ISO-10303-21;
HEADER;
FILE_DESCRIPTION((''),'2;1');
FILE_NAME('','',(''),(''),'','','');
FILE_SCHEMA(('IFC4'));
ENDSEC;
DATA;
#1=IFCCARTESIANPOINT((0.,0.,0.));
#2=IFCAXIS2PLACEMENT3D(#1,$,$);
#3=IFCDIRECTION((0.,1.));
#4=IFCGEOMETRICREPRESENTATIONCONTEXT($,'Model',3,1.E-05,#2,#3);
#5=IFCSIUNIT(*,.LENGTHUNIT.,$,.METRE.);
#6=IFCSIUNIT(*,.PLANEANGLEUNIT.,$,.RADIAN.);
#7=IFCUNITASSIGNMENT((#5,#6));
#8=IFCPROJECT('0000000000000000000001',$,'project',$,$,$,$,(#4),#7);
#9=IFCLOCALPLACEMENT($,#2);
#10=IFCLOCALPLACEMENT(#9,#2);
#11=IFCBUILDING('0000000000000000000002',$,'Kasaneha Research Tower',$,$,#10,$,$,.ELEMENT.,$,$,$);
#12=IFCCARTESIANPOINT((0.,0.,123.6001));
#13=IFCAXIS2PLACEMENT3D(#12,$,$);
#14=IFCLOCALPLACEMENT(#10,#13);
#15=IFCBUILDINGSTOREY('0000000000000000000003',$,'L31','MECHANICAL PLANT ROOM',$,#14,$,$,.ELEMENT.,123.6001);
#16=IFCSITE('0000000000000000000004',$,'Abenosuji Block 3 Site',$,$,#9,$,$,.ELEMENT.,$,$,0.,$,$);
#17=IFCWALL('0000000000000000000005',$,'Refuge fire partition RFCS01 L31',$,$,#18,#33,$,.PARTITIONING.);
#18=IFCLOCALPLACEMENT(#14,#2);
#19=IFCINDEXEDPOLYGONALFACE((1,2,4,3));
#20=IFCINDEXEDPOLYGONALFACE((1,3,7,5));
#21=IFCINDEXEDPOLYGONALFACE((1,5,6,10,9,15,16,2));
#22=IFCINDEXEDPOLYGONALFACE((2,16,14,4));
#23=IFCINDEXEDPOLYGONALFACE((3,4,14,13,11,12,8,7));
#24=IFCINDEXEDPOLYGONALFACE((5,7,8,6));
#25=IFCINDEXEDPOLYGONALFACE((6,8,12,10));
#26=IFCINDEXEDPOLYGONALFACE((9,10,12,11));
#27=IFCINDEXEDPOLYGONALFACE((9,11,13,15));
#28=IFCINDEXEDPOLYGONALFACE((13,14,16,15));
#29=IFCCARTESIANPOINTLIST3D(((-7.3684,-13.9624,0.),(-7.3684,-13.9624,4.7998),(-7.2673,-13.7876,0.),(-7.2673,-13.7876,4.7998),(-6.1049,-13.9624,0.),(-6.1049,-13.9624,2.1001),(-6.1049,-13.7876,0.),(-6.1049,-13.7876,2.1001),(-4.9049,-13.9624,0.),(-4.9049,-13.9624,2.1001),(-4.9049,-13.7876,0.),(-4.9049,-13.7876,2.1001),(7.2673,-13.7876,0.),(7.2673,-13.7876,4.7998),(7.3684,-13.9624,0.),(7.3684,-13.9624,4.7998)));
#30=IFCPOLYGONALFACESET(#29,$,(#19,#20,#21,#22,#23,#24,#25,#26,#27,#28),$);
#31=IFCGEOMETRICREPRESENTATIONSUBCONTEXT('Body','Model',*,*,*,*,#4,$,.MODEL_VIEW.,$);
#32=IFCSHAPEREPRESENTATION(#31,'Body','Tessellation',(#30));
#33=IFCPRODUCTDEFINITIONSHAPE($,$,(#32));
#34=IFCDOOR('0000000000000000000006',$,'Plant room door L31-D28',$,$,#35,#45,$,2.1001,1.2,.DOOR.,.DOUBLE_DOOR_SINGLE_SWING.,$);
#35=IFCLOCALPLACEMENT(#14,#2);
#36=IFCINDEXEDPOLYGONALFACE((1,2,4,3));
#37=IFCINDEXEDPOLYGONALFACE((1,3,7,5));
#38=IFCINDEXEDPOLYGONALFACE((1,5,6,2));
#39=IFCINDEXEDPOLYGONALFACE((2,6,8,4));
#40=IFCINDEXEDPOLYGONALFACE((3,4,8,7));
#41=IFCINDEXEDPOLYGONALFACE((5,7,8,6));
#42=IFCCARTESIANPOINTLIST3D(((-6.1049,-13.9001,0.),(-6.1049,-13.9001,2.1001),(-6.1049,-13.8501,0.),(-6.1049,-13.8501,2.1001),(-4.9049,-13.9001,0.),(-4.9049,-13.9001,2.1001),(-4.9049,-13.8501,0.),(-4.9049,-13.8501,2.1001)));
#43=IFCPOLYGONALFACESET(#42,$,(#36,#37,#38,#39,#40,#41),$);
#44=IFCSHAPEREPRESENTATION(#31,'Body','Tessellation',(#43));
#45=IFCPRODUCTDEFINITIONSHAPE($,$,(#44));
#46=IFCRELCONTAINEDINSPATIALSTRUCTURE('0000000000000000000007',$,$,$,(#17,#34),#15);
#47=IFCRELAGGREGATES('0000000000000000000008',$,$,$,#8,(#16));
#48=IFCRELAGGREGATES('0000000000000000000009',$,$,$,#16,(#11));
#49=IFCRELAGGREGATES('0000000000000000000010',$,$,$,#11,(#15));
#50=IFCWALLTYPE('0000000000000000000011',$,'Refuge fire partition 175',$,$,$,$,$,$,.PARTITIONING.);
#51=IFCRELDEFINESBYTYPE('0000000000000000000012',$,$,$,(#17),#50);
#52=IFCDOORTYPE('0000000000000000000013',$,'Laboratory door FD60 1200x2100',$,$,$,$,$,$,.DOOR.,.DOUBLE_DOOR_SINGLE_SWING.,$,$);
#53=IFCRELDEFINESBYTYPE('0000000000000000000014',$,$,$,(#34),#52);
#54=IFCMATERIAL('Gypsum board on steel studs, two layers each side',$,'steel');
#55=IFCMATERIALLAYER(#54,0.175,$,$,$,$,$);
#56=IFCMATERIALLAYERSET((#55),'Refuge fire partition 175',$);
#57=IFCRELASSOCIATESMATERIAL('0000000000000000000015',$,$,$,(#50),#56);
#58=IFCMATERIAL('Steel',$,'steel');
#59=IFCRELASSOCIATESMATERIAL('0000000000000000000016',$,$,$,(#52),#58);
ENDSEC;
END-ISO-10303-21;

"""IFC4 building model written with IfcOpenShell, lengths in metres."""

from ifc_helpers import new_model, si_unit, direction, frame, frame_2d, origin, place, context, subcontext, project, spatial, polyline, rectangle, outline, extrude, material, layer, layer_set, type_object, element, fill, save


model = new_model("IFC4")

# Units and contexts
model_context = context("Model", 3, precision=1e-05, world=origin(), true_north=direction((0.0, 1.0)))
body_context = subcontext(model_context, "Body", "Model", "MODEL_VIEW")
ifc_project = project(units=[si_unit("LENGTHUNIT", "METRE"), si_unit("PLANEANGLEUNIT", "RADIAN")], contexts=[model_context])

# Site, building, storey
site_placement = place(None, origin())
site = spatial("IfcSite", under=ifc_project, at=site_placement, Name="Abenosuji Block 3 Site", CompositionType="ELEMENT", RefElevation=0.0)
building_placement = place(site_placement, origin())
building = spatial("IfcBuilding", under=site, at=building_placement, Name="Kasaneha Research Tower", CompositionType="ELEMENT")
storey_placement = place(building_placement, frame((0.0, 0.0, 123.6001)))
storey = spatial("IfcBuildingStorey", under=building, at=storey_placement, Name="L31", Description="MECHANICAL PLANT ROOM", CompositionType="ELEMENT", Elevation=123.6001)

# Wall, opening, door
ifc_material_1 = material(Name="Gypsum board on steel studs, two layers each side", Category="steel")
ifc_layer_1 = layer(ifc_material_1, 0.175)
ifc_layer_set_1 = layer_set([ifc_layer_1], Name="Refuge fire partition 175")
wall_type_1 = type_object("IfcWallType", Name="Refuge fire partition 175", PredefinedType="PARTITIONING", material=ifc_layer_set_1)
wall_1_placement = place(storey_placement, frame((-7.3179, -13.875, 0.0), z_axis=(0.0, 0.0, 1.0), x_axis=(1.0, 0.0, 0.0)))
wall_1 = element("IfcWall", 1, at=wall_1_placement, inside=storey, type_object=wall_type_1, Name="Refuge fire partition RFCS01 L31", PredefinedType="PARTITIONING", context=body_context, shape_type="SweptSolid", body=[
    extrude(outline(polyline([(-0.0505, -0.0874), (1.2129, -0.0874), (2.4128, -0.0874), (14.6863, -0.0874), (14.5852, 0.0874), (2.4128, 0.0874), (1.2129, 0.0874), (0.0505, 0.0874), (-0.0505, -0.0874)])), origin(), (0.0, 0.0, 1.0), 4.7998),
])
opening_placement = place(wall_1_placement, frame((1.2129, 0.0, 0.0)))
opening = element("IfcOpeningElement", 2, at=opening_placement, cuts=wall_1, PredefinedType="OPENING", context=body_context, shape_type="SweptSolid", body=[
    extrude(rectangle(XDim=1.2, YDim=2.1001, at=frame_2d((0.6001, 1.05))), frame((0.0, 0.0977, 0.0), z_axis=(0.0, -1.0, 0.0), x_axis=(1.0, 0.0, 0.0)), (0.0, 0.0, 1.0), 0.1951),
])
ifc_material_2 = material(Name="Steel", Category="steel")
door_type = type_object("IfcDoorType", Name="Laboratory door FD60 1200x2100", OperationType="DOUBLE_DOOR_SINGLE_SWING", PredefinedType="DOOR", material=ifc_material_2)
door_placement = place(opening_placement, origin())
door = element("IfcDoor", 3, at=door_placement, inside=storey, type_object=door_type, Name="Plant room door L31-D28", OperationType="DOUBLE_DOOR_SINGLE_SWING", OverallHeight=2.1001, OverallWidth=1.2, PredefinedType="DOOR", context=body_context, shape_type="SweptSolid", body=[
    extrude(rectangle(XDim=1.2, YDim=2.1001, at=frame_2d((0.6001, 1.05))), frame((0.0, 0.0249, 0.0), z_axis=(0.0, -1.0, 0.0), x_axis=(1.0, 0.0, 0.0)), (0.0, 0.0, 1.0), 0.05),
])
fill(opening, door)

save(model, "model.ifc")
